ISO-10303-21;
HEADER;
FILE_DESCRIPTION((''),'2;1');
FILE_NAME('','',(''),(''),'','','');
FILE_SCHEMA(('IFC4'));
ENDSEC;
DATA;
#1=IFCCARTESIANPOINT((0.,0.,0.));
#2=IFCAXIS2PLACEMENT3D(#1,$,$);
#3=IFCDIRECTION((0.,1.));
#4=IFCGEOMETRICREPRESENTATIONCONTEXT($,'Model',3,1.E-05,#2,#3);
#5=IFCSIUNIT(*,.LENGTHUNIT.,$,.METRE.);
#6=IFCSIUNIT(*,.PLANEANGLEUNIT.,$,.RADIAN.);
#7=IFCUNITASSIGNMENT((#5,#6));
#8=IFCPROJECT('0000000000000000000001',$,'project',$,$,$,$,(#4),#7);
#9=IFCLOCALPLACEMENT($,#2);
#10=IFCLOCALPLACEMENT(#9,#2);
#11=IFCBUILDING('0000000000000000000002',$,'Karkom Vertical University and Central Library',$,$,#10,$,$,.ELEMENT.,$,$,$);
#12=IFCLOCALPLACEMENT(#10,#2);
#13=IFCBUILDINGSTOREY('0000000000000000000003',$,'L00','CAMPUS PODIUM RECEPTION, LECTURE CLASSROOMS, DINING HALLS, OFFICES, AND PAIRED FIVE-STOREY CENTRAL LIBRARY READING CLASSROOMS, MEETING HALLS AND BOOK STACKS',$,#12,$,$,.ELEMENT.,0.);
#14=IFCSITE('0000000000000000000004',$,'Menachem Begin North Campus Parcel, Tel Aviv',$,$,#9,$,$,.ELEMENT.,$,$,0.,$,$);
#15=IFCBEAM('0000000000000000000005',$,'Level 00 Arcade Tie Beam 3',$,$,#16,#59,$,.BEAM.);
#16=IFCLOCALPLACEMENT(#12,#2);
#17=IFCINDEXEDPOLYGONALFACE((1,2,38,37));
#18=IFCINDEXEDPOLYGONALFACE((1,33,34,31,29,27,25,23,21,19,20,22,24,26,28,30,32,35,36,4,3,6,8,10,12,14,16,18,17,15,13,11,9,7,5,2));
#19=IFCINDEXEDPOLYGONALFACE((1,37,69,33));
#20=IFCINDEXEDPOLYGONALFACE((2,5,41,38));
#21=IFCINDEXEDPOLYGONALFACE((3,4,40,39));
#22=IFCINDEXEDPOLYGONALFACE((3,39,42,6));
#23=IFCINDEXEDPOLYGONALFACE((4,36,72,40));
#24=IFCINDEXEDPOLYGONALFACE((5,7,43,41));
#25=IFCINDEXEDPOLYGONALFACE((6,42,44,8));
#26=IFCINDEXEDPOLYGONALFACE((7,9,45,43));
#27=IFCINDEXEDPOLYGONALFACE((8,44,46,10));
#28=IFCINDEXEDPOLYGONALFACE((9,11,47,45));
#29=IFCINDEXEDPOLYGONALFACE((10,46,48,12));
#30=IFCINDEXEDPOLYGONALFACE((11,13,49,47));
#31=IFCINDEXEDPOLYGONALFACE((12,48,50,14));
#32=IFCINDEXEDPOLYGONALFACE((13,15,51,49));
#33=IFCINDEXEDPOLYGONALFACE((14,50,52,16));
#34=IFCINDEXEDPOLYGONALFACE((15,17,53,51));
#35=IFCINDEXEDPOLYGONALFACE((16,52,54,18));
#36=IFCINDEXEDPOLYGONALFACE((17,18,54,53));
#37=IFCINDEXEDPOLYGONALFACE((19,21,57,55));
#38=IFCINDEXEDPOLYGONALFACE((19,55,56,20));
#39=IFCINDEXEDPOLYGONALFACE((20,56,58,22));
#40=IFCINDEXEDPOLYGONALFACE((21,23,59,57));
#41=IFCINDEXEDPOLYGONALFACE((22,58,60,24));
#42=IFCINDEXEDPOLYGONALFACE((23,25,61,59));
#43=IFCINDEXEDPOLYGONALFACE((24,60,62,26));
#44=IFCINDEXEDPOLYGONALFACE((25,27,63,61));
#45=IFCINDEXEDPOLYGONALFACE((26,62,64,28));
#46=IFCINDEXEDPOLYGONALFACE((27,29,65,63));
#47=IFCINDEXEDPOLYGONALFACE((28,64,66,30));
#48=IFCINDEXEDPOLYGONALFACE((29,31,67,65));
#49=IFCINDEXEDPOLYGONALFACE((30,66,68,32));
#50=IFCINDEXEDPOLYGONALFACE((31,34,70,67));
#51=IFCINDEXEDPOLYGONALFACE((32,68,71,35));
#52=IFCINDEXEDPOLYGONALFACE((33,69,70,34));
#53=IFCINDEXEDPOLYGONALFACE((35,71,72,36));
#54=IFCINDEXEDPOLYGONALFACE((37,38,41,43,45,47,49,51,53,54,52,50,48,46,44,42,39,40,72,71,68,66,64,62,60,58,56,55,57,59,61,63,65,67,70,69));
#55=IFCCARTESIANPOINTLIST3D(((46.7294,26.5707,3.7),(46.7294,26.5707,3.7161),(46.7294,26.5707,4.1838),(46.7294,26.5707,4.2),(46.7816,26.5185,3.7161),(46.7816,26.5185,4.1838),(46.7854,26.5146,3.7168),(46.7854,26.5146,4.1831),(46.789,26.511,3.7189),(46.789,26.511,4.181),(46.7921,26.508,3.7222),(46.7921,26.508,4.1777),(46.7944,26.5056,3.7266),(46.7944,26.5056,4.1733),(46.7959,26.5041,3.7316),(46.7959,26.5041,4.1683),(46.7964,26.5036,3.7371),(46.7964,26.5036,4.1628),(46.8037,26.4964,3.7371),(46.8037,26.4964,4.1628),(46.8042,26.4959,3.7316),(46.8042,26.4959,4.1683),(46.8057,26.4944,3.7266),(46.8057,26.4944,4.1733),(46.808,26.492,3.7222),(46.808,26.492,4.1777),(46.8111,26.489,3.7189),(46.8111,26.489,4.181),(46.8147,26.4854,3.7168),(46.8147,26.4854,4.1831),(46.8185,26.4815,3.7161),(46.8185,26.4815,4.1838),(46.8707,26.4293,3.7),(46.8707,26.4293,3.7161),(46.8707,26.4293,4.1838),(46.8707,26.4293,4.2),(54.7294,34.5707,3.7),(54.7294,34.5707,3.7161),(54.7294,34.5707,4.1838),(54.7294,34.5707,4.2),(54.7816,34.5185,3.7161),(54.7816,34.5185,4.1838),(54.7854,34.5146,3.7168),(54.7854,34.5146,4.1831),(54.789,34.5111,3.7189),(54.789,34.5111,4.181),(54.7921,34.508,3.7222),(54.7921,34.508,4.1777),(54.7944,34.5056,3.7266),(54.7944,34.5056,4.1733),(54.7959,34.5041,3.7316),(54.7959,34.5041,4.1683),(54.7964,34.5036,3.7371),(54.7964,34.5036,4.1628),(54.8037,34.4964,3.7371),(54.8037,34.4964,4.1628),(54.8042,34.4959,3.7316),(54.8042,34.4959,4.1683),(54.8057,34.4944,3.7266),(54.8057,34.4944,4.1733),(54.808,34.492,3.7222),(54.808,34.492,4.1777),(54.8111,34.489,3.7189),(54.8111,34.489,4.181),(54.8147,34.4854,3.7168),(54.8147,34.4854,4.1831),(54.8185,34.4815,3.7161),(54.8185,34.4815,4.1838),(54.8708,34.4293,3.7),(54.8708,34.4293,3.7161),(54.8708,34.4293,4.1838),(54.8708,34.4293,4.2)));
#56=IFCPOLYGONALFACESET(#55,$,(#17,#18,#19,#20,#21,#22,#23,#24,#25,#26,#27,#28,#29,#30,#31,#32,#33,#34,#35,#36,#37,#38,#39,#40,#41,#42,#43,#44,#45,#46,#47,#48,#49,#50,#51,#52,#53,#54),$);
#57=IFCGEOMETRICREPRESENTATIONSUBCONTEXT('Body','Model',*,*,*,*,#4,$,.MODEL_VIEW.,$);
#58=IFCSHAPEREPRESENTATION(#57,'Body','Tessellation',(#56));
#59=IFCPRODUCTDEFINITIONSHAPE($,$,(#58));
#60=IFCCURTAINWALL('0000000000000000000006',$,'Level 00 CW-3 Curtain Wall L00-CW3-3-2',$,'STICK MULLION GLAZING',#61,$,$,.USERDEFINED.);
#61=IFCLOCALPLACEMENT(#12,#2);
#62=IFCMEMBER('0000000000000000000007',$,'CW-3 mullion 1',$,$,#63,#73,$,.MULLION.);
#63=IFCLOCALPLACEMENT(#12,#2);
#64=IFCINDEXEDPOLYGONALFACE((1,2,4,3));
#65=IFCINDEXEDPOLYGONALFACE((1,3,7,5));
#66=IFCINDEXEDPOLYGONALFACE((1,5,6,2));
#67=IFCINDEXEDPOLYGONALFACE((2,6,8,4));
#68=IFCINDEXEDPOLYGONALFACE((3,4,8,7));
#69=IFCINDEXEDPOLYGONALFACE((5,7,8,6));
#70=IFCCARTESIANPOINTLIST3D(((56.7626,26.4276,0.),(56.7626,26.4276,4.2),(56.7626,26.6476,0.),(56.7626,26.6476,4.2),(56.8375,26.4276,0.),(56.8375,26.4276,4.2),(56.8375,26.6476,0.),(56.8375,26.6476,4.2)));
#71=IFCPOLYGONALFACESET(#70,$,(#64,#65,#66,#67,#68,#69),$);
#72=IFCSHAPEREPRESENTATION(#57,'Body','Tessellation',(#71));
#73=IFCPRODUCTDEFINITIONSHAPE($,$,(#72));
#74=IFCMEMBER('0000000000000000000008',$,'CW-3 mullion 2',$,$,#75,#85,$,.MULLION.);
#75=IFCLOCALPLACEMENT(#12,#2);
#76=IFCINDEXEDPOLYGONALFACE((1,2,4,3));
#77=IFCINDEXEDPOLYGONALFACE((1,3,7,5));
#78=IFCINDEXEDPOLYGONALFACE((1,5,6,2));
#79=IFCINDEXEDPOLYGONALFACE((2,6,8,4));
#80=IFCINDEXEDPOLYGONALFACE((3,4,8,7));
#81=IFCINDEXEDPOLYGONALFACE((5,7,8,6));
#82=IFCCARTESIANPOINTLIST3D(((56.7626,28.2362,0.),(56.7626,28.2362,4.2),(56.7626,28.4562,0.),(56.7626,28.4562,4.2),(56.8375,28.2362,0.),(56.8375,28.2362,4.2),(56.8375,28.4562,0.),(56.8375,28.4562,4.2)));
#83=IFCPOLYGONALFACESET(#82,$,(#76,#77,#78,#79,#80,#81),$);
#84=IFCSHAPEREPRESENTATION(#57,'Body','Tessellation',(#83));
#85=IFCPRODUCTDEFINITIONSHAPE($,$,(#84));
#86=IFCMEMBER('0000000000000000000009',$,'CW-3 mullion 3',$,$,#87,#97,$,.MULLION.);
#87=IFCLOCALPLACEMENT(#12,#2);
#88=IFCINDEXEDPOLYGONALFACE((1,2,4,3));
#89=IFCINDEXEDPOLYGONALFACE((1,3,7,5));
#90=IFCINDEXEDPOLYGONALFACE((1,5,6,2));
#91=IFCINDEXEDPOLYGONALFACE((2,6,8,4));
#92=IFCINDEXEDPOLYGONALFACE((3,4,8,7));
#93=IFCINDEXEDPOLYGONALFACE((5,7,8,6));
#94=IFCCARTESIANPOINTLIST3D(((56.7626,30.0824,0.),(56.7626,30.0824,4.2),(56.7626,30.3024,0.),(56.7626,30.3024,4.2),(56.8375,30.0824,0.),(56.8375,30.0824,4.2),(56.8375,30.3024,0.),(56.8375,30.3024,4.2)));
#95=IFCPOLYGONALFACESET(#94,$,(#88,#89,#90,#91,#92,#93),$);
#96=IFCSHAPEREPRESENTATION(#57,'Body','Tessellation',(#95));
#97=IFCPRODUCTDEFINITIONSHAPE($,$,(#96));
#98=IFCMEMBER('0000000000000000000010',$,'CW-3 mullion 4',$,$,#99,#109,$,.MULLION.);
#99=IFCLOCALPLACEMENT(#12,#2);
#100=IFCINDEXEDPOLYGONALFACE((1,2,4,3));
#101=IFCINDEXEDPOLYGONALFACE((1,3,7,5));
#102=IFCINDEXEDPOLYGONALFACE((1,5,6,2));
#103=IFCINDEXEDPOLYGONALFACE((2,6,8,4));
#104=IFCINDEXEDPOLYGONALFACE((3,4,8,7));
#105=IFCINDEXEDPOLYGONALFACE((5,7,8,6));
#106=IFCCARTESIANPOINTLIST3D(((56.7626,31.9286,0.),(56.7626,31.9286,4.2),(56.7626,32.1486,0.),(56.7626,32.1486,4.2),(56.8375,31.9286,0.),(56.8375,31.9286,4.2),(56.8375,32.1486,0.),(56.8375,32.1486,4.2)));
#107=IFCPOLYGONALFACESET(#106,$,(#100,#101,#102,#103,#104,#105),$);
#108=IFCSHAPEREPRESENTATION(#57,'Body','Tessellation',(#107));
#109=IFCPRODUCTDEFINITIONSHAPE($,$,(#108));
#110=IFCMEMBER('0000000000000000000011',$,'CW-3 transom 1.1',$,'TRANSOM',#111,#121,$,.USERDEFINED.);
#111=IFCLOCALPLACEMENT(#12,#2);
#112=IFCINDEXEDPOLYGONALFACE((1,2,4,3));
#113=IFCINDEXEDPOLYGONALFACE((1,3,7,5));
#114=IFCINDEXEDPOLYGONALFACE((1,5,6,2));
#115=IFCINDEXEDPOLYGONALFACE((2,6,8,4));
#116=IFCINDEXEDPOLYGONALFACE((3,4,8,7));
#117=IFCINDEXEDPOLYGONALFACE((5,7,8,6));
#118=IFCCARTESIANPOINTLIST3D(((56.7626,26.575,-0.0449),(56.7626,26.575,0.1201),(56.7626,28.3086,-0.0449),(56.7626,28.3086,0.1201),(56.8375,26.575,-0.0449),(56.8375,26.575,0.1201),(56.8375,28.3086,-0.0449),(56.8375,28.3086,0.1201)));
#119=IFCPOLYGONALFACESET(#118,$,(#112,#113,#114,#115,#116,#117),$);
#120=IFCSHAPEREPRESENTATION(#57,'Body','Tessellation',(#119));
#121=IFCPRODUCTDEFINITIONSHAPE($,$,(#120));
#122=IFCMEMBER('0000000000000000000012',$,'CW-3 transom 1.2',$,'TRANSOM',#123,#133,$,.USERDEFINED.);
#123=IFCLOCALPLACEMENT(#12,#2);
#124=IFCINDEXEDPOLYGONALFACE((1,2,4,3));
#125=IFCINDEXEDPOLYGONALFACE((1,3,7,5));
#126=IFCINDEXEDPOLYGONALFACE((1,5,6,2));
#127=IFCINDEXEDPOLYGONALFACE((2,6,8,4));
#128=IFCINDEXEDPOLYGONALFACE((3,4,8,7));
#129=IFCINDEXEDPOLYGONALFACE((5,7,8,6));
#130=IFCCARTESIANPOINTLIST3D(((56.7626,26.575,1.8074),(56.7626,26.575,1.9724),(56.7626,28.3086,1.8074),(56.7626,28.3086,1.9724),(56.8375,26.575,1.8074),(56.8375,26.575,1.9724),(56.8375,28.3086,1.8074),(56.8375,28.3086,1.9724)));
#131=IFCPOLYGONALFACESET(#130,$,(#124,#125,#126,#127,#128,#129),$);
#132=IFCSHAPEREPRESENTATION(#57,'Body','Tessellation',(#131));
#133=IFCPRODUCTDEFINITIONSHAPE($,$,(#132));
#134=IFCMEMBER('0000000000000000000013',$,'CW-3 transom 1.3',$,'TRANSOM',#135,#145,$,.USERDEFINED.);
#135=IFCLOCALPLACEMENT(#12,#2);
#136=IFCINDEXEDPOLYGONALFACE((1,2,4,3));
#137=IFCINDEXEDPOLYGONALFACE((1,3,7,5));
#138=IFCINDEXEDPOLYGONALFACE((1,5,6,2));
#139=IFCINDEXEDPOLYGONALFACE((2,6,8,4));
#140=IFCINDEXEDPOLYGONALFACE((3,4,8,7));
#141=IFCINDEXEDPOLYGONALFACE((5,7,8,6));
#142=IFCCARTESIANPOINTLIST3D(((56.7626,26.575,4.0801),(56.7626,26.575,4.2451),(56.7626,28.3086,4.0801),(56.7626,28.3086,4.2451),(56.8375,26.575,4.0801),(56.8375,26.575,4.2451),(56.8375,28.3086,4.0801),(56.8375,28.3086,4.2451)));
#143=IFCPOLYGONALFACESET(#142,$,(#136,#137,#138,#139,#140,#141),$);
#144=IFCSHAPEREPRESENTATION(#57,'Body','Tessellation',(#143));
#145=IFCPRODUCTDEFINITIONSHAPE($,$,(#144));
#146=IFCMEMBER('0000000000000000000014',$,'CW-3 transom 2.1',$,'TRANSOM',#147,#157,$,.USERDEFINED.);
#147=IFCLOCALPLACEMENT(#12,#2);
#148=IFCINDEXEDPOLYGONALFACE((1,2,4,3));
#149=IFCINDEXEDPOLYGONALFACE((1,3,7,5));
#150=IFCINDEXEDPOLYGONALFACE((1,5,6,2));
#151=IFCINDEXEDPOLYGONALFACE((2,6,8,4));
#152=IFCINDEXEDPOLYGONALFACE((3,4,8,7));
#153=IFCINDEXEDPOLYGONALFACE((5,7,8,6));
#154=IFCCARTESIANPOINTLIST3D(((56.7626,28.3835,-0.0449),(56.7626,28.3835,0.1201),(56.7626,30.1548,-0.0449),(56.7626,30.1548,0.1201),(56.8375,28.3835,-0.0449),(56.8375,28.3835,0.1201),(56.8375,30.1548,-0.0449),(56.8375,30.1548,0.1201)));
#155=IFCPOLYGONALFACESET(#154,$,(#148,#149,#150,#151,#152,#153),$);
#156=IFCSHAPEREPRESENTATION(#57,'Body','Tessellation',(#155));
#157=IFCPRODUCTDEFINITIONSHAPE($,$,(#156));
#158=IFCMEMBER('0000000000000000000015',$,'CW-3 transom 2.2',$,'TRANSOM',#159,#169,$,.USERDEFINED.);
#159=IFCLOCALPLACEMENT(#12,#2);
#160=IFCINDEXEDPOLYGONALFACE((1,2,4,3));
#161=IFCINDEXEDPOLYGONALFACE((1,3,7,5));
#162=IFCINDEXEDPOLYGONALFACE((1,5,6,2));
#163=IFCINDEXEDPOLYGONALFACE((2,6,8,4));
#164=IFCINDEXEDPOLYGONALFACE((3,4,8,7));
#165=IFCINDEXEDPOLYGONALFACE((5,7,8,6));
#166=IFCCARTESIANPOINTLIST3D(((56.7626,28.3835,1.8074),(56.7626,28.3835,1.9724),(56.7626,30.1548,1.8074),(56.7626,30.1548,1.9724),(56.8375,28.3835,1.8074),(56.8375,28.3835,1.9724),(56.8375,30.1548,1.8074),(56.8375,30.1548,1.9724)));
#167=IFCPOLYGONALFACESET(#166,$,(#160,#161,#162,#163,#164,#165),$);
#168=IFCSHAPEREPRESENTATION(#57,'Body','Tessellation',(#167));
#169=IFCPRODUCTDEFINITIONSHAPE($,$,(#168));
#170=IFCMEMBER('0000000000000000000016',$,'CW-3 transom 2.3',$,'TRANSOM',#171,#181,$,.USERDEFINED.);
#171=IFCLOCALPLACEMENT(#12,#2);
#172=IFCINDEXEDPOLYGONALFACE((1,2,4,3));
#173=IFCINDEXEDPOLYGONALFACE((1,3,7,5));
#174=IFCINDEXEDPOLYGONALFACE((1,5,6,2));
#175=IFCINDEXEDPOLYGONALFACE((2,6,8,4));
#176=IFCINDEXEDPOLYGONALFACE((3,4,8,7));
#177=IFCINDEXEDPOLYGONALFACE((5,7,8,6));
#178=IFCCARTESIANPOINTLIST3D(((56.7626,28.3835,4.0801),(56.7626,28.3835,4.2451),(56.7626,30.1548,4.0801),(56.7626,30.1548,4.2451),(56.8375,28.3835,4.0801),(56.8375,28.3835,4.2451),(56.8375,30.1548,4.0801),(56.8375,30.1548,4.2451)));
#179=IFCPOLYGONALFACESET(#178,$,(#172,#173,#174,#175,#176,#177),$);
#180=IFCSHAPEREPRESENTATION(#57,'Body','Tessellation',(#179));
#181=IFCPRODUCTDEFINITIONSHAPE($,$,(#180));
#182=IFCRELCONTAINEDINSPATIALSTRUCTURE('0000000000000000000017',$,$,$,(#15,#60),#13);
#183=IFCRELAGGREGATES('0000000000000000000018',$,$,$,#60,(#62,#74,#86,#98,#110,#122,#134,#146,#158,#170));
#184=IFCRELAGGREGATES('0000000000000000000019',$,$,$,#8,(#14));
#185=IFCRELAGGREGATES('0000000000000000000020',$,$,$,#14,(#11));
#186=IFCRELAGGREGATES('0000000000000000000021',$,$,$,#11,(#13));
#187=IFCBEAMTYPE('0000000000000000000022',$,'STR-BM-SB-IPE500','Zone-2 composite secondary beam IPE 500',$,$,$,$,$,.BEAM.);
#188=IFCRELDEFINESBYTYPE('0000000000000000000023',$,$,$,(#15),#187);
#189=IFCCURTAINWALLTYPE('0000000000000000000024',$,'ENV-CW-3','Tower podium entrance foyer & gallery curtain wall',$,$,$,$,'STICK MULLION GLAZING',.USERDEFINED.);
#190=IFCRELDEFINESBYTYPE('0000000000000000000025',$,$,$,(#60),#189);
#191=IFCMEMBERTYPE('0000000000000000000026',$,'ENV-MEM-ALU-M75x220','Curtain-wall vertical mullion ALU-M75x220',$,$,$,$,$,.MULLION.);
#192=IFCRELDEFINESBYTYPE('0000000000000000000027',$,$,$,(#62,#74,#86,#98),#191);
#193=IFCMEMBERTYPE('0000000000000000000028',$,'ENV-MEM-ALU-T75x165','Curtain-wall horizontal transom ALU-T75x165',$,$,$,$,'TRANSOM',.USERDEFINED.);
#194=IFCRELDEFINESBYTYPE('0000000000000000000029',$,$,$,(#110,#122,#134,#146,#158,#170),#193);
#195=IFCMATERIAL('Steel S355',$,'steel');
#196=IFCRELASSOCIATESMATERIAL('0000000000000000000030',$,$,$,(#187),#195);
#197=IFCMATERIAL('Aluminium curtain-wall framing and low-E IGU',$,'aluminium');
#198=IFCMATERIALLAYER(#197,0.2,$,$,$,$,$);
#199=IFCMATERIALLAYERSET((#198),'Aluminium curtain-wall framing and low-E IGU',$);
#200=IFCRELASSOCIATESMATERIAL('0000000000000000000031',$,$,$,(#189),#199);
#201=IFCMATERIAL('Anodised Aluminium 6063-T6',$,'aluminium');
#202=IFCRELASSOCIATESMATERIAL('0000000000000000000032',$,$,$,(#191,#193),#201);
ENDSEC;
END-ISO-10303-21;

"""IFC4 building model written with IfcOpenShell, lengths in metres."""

from ifc_helpers import new_model, si_unit, direction, frame, origin, origin_with_axes, origin_2d, place, context, subcontext, project, spatial, rectangle, i_section, extrude, source, transform, mapped, material, layer, layer_set, material_profile, profile_set, type_object, element, aggregate, save


model = new_model("IFC4")

# Units and contexts
model_context = context("Model", 3, precision=1e-05, world=origin(), true_north=direction((0.0, 1.0)))
body_context = subcontext(model_context, "Body", "Model", "MODEL_VIEW")
ifc_project = project(units=[si_unit("LENGTHUNIT", "METRE"), si_unit("PLANEANGLEUNIT", "RADIAN")], contexts=[model_context])

# Site, building, storey
site_placement = place(None, origin())
site = spatial("IfcSite", under=ifc_project, at=site_placement, Name="Menachem Begin North Campus Parcel, Tel Aviv", CompositionType="ELEMENT", RefElevation=0.0)
building_placement = place(site_placement, origin())
building = spatial("IfcBuilding", under=site, at=building_placement, Name="Karkom Vertical University and Central Library", CompositionType="ELEMENT")
storey_placement = place(building_placement, origin())
storey = spatial("IfcBuildingStorey", under=building, at=storey_placement, Name="L00", Description="CAMPUS PODIUM RECEPTION, LECTURE CLASSROOMS, DINING HALLS, OFFICES, AND PAIRED FIVE-STOREY CENTRAL LIBRARY READING CLASSROOMS, MEETING HALLS AND BOOK STACKS", CompositionType="ELEMENT", Elevation=0.0)

# Beam
ifc_material_1 = material(Name="Steel S355", Category="steel")
ifc_material_profile_1 = material_profile(ifc_material_1, i_section(OverallWidth=0.2, OverallDepth=0.5, WebThickness=0.0103, FlangeThickness=0.0161, FilletRadius=0.021, at=origin_2d()), Name="IPE 500")
ifc_profile_set_1 = profile_set([ifc_material_profile_1], Name="Steel S355")
beam_type_1 = type_object("IfcBeamType", Name="STR-BM-SB-IPE500", Description="Zone-2 composite secondary beam IPE 500", PredefinedType="BEAM", material=ifc_profile_set_1)
shared_shape_1 = source(origin_with_axes(), body_context, "Body", "SweptSolid", [
    extrude(i_section(OverallWidth=0.2, OverallDepth=0.5, WebThickness=0.0103, FlangeThickness=0.0161, FilletRadius=0.021, at=origin_2d()), origin(), (0.0, 0.0, 1.0), 11.3137),
])
for number, where, z_axis, x_axis, name in (
    (1, (46.8, 26.5, 3.95), (0.707107, 0.707107, 0.0), (-0.707107, 0.707107, 0.0), "Level 00 Arcade Tie Beam 3"),
):
    element("IfcBeam", number, at=place(storey_placement, frame(where, z_axis=z_axis, x_axis=x_axis)), inside=storey, type_object=beam_type_1, Name=name, PredefinedType="BEAM", context=body_context, shape_type="MappedRepresentation", body=[
        mapped(shared_shape_1, transform((0.0, 0.0, 0.0), scale=1.0)),
    ])

# Curtain wall, members
ifc_material_2 = material(Name="Aluminium curtain-wall framing and low-E IGU", Category="aluminium")
ifc_layer_1 = layer(ifc_material_2, 0.2)
ifc_layer_set_1 = layer_set([ifc_layer_1], Name="Aluminium curtain-wall framing and low-E IGU")
curtain_wall_type = type_object("IfcCurtainWallType", Name="ENV-CW-3", Description="Tower podium entrance foyer & gallery curtain wall", ElementType="STICK MULLION GLAZING", PredefinedType="USERDEFINED", material=ifc_layer_set_1)
curtain_wall_placement = place(storey_placement, origin())
curtain_wall = element("IfcCurtainWall", 2, at=curtain_wall_placement, inside=storey, type_object=curtain_wall_type, Name="Level 00 CW-3 Curtain Wall L00-CW3-3-2", ObjectType="STICK MULLION GLAZING", PredefinedType="USERDEFINED")
ifc_material_3 = material(Name="Anodised Aluminium 6063-T6", Category="aluminium")
ifc_material_profile_2 = material_profile(ifc_material_3, rectangle(XDim=0.075, YDim=0.22, at=origin_2d()), Name="ALU-M75x220")
ifc_profile_set_2 = profile_set([ifc_material_profile_2], Name="Anodised Aluminium 6063-T6")
member_type_1 = type_object("IfcMemberType", Name="ENV-MEM-ALU-M75x220", Description="Curtain-wall vertical mullion ALU-M75x220", PredefinedType="MULLION", material=ifc_profile_set_2)
shared_shape_2 = source(origin_with_axes(), body_context, "Body", "SweptSolid", [
    extrude(rectangle(XDim=0.075, YDim=0.22, at=origin_2d()), origin(), (0.0, 0.0, 1.0), 4.2),
])
member_1_placement = place(storey_placement, frame((56.8, 26.5376, 0.0), z_axis=(0.0, 0.0, 1.0), x_axis=(-1.0, 0.0, 0.0)))
member_1 = element("IfcMember", 3, at=member_1_placement, type_object=member_type_1, Name="CW-3 mullion 1", PredefinedType="MULLION", context=body_context, shape_type="MappedRepresentation", body=[
    mapped(shared_shape_2, transform((0.0, 0.0, 0.0), scale=1.0)),
])
member_2_placement = place(storey_placement, frame((56.8, 28.3462, 0.0), z_axis=(0.0, 0.0, 1.0), x_axis=(-1.0, 0.0, 0.0)))
member_2 = element("IfcMember", 4, at=member_2_placement, type_object=member_type_1, Name="CW-3 mullion 2", PredefinedType="MULLION", context=body_context, shape_type="MappedRepresentation", body=[
    mapped(shared_shape_2, transform((0.0, 0.0, 0.0), scale=1.0)),
])
member_3_placement = place(storey_placement, frame((56.8, 30.1924, 0.0), z_axis=(0.0, 0.0, 1.0), x_axis=(-1.0, 0.0, 0.0)))
member_3 = element("IfcMember", 5, at=member_3_placement, type_object=member_type_1, Name="CW-3 mullion 3", PredefinedType="MULLION", context=body_context, shape_type="MappedRepresentation", body=[
    mapped(shared_shape_2, transform((0.0, 0.0, 0.0), scale=1.0)),
])
member_4_placement = place(storey_placement, frame((56.8, 32.0386, 0.0), z_axis=(0.0, 0.0, 1.0), x_axis=(-1.0, 0.0, 0.0)))
member_4 = element("IfcMember", 6, at=member_4_placement, type_object=member_type_1, Name="CW-3 mullion 4", PredefinedType="MULLION", context=body_context, shape_type="MappedRepresentation", body=[
    mapped(shared_shape_2, transform((0.0, 0.0, 0.0), scale=1.0)),
])
ifc_material_profile_3 = material_profile(ifc_material_3, rectangle(XDim=0.075, YDim=0.165, at=origin_2d()), Name="ALU-T75x165")
ifc_profile_set_3 = profile_set([ifc_material_profile_3], Name="Anodised Aluminium 6063-T6")
member_type_2 = type_object("IfcMemberType", Name="ENV-MEM-ALU-T75x165", Description="Curtain-wall horizontal transom ALU-T75x165", ElementType="TRANSOM", PredefinedType="USERDEFINED", material=ifc_profile_set_3)
shared_shape_3 = source(origin_with_axes(), body_context, "Body", "SweptSolid", [
    extrude(rectangle(XDim=0.075, YDim=0.165, at=origin_2d()), origin(), (0.0, 0.0, 1.0), 1.7336),
])
member_5_placement = place(storey_placement, frame((56.8, 26.575, 0.0376), z_axis=(0.0, 1.0, 0.0), x_axis=(-1.0, 0.0, 0.0)))
member_5 = element("IfcMember", 7, at=member_5_placement, type_object=member_type_2, Name="CW-3 transom 1.1", ObjectType="TRANSOM", PredefinedType="USERDEFINED", context=body_context, shape_type="MappedRepresentation", body=[
    mapped(shared_shape_3, transform((0.0, 0.0, 0.0), scale=1.0)),
])
member_6_placement = place(storey_placement, frame((56.8, 26.575, 1.8899), z_axis=(0.0, 1.0, 0.0), x_axis=(-1.0, 0.0, 0.0)))
member_6 = element("IfcMember", 8, at=member_6_placement, type_object=member_type_2, Name="CW-3 transom 1.2", ObjectType="TRANSOM", PredefinedType="USERDEFINED", context=body_context, shape_type="MappedRepresentation", body=[
    mapped(shared_shape_3, transform((0.0, 0.0, 0.0), scale=1.0)),
])
member_7_placement = place(storey_placement, frame((56.8, 26.575, 4.1626), z_axis=(0.0, 1.0, 0.0), x_axis=(-1.0, 0.0, 0.0)))
member_7 = element("IfcMember", 9, at=member_7_placement, type_object=member_type_2, Name="CW-3 transom 1.3", ObjectType="TRANSOM", PredefinedType="USERDEFINED", context=body_context, shape_type="MappedRepresentation", body=[
    mapped(shared_shape_3, transform((0.0, 0.0, 0.0), scale=1.0)),
])
shared_shape_4 = source(origin_with_axes(), body_context, "Body", "SweptSolid", [
    extrude(rectangle(XDim=0.075, YDim=0.165, at=origin_2d()), origin(), (0.0, 0.0, 1.0), 1.7712),
])
member_8_placement = place(storey_placement, frame((56.8, 28.3835, 0.0376), z_axis=(0.0, 1.0, 0.0), x_axis=(-1.0, 0.0, 0.0)))
member_8 = element("IfcMember", 10, at=member_8_placement, type_object=member_type_2, Name="CW-3 transom 2.1", ObjectType="TRANSOM", PredefinedType="USERDEFINED", context=body_context, shape_type="MappedRepresentation", body=[
    mapped(shared_shape_4, transform((0.0, 0.0, 0.0), scale=1.0)),
])
member_9_placement = place(storey_placement, frame((56.8, 28.3835, 1.8899), z_axis=(0.0, 1.0, 0.0), x_axis=(-1.0, 0.0, 0.0)))
member_9 = element("IfcMember", 11, at=member_9_placement, type_object=member_type_2, Name="CW-3 transom 2.2", ObjectType="TRANSOM", PredefinedType="USERDEFINED", context=body_context, shape_type="MappedRepresentation", body=[
    mapped(shared_shape_4, transform((0.0, 0.0, 0.0), scale=1.0)),
])
member_10_placement = place(storey_placement, frame((56.8, 28.3835, 4.1626), z_axis=(0.0, 1.0, 0.0), x_axis=(-1.0, 0.0, 0.0)))
member_10 = element("IfcMember", 12, at=member_10_placement, type_object=member_type_2, Name="CW-3 transom 2.3", ObjectType="TRANSOM", PredefinedType="USERDEFINED", context=body_context, shape_type="MappedRepresentation", body=[
    mapped(shared_shape_4, transform((0.0, 0.0, 0.0), scale=1.0)),
])
aggregate(curtain_wall, [member_1, member_2, member_3, member_4, member_5, member_6, member_7, member_8, member_9, member_10])

save(model, "model.ifc")
